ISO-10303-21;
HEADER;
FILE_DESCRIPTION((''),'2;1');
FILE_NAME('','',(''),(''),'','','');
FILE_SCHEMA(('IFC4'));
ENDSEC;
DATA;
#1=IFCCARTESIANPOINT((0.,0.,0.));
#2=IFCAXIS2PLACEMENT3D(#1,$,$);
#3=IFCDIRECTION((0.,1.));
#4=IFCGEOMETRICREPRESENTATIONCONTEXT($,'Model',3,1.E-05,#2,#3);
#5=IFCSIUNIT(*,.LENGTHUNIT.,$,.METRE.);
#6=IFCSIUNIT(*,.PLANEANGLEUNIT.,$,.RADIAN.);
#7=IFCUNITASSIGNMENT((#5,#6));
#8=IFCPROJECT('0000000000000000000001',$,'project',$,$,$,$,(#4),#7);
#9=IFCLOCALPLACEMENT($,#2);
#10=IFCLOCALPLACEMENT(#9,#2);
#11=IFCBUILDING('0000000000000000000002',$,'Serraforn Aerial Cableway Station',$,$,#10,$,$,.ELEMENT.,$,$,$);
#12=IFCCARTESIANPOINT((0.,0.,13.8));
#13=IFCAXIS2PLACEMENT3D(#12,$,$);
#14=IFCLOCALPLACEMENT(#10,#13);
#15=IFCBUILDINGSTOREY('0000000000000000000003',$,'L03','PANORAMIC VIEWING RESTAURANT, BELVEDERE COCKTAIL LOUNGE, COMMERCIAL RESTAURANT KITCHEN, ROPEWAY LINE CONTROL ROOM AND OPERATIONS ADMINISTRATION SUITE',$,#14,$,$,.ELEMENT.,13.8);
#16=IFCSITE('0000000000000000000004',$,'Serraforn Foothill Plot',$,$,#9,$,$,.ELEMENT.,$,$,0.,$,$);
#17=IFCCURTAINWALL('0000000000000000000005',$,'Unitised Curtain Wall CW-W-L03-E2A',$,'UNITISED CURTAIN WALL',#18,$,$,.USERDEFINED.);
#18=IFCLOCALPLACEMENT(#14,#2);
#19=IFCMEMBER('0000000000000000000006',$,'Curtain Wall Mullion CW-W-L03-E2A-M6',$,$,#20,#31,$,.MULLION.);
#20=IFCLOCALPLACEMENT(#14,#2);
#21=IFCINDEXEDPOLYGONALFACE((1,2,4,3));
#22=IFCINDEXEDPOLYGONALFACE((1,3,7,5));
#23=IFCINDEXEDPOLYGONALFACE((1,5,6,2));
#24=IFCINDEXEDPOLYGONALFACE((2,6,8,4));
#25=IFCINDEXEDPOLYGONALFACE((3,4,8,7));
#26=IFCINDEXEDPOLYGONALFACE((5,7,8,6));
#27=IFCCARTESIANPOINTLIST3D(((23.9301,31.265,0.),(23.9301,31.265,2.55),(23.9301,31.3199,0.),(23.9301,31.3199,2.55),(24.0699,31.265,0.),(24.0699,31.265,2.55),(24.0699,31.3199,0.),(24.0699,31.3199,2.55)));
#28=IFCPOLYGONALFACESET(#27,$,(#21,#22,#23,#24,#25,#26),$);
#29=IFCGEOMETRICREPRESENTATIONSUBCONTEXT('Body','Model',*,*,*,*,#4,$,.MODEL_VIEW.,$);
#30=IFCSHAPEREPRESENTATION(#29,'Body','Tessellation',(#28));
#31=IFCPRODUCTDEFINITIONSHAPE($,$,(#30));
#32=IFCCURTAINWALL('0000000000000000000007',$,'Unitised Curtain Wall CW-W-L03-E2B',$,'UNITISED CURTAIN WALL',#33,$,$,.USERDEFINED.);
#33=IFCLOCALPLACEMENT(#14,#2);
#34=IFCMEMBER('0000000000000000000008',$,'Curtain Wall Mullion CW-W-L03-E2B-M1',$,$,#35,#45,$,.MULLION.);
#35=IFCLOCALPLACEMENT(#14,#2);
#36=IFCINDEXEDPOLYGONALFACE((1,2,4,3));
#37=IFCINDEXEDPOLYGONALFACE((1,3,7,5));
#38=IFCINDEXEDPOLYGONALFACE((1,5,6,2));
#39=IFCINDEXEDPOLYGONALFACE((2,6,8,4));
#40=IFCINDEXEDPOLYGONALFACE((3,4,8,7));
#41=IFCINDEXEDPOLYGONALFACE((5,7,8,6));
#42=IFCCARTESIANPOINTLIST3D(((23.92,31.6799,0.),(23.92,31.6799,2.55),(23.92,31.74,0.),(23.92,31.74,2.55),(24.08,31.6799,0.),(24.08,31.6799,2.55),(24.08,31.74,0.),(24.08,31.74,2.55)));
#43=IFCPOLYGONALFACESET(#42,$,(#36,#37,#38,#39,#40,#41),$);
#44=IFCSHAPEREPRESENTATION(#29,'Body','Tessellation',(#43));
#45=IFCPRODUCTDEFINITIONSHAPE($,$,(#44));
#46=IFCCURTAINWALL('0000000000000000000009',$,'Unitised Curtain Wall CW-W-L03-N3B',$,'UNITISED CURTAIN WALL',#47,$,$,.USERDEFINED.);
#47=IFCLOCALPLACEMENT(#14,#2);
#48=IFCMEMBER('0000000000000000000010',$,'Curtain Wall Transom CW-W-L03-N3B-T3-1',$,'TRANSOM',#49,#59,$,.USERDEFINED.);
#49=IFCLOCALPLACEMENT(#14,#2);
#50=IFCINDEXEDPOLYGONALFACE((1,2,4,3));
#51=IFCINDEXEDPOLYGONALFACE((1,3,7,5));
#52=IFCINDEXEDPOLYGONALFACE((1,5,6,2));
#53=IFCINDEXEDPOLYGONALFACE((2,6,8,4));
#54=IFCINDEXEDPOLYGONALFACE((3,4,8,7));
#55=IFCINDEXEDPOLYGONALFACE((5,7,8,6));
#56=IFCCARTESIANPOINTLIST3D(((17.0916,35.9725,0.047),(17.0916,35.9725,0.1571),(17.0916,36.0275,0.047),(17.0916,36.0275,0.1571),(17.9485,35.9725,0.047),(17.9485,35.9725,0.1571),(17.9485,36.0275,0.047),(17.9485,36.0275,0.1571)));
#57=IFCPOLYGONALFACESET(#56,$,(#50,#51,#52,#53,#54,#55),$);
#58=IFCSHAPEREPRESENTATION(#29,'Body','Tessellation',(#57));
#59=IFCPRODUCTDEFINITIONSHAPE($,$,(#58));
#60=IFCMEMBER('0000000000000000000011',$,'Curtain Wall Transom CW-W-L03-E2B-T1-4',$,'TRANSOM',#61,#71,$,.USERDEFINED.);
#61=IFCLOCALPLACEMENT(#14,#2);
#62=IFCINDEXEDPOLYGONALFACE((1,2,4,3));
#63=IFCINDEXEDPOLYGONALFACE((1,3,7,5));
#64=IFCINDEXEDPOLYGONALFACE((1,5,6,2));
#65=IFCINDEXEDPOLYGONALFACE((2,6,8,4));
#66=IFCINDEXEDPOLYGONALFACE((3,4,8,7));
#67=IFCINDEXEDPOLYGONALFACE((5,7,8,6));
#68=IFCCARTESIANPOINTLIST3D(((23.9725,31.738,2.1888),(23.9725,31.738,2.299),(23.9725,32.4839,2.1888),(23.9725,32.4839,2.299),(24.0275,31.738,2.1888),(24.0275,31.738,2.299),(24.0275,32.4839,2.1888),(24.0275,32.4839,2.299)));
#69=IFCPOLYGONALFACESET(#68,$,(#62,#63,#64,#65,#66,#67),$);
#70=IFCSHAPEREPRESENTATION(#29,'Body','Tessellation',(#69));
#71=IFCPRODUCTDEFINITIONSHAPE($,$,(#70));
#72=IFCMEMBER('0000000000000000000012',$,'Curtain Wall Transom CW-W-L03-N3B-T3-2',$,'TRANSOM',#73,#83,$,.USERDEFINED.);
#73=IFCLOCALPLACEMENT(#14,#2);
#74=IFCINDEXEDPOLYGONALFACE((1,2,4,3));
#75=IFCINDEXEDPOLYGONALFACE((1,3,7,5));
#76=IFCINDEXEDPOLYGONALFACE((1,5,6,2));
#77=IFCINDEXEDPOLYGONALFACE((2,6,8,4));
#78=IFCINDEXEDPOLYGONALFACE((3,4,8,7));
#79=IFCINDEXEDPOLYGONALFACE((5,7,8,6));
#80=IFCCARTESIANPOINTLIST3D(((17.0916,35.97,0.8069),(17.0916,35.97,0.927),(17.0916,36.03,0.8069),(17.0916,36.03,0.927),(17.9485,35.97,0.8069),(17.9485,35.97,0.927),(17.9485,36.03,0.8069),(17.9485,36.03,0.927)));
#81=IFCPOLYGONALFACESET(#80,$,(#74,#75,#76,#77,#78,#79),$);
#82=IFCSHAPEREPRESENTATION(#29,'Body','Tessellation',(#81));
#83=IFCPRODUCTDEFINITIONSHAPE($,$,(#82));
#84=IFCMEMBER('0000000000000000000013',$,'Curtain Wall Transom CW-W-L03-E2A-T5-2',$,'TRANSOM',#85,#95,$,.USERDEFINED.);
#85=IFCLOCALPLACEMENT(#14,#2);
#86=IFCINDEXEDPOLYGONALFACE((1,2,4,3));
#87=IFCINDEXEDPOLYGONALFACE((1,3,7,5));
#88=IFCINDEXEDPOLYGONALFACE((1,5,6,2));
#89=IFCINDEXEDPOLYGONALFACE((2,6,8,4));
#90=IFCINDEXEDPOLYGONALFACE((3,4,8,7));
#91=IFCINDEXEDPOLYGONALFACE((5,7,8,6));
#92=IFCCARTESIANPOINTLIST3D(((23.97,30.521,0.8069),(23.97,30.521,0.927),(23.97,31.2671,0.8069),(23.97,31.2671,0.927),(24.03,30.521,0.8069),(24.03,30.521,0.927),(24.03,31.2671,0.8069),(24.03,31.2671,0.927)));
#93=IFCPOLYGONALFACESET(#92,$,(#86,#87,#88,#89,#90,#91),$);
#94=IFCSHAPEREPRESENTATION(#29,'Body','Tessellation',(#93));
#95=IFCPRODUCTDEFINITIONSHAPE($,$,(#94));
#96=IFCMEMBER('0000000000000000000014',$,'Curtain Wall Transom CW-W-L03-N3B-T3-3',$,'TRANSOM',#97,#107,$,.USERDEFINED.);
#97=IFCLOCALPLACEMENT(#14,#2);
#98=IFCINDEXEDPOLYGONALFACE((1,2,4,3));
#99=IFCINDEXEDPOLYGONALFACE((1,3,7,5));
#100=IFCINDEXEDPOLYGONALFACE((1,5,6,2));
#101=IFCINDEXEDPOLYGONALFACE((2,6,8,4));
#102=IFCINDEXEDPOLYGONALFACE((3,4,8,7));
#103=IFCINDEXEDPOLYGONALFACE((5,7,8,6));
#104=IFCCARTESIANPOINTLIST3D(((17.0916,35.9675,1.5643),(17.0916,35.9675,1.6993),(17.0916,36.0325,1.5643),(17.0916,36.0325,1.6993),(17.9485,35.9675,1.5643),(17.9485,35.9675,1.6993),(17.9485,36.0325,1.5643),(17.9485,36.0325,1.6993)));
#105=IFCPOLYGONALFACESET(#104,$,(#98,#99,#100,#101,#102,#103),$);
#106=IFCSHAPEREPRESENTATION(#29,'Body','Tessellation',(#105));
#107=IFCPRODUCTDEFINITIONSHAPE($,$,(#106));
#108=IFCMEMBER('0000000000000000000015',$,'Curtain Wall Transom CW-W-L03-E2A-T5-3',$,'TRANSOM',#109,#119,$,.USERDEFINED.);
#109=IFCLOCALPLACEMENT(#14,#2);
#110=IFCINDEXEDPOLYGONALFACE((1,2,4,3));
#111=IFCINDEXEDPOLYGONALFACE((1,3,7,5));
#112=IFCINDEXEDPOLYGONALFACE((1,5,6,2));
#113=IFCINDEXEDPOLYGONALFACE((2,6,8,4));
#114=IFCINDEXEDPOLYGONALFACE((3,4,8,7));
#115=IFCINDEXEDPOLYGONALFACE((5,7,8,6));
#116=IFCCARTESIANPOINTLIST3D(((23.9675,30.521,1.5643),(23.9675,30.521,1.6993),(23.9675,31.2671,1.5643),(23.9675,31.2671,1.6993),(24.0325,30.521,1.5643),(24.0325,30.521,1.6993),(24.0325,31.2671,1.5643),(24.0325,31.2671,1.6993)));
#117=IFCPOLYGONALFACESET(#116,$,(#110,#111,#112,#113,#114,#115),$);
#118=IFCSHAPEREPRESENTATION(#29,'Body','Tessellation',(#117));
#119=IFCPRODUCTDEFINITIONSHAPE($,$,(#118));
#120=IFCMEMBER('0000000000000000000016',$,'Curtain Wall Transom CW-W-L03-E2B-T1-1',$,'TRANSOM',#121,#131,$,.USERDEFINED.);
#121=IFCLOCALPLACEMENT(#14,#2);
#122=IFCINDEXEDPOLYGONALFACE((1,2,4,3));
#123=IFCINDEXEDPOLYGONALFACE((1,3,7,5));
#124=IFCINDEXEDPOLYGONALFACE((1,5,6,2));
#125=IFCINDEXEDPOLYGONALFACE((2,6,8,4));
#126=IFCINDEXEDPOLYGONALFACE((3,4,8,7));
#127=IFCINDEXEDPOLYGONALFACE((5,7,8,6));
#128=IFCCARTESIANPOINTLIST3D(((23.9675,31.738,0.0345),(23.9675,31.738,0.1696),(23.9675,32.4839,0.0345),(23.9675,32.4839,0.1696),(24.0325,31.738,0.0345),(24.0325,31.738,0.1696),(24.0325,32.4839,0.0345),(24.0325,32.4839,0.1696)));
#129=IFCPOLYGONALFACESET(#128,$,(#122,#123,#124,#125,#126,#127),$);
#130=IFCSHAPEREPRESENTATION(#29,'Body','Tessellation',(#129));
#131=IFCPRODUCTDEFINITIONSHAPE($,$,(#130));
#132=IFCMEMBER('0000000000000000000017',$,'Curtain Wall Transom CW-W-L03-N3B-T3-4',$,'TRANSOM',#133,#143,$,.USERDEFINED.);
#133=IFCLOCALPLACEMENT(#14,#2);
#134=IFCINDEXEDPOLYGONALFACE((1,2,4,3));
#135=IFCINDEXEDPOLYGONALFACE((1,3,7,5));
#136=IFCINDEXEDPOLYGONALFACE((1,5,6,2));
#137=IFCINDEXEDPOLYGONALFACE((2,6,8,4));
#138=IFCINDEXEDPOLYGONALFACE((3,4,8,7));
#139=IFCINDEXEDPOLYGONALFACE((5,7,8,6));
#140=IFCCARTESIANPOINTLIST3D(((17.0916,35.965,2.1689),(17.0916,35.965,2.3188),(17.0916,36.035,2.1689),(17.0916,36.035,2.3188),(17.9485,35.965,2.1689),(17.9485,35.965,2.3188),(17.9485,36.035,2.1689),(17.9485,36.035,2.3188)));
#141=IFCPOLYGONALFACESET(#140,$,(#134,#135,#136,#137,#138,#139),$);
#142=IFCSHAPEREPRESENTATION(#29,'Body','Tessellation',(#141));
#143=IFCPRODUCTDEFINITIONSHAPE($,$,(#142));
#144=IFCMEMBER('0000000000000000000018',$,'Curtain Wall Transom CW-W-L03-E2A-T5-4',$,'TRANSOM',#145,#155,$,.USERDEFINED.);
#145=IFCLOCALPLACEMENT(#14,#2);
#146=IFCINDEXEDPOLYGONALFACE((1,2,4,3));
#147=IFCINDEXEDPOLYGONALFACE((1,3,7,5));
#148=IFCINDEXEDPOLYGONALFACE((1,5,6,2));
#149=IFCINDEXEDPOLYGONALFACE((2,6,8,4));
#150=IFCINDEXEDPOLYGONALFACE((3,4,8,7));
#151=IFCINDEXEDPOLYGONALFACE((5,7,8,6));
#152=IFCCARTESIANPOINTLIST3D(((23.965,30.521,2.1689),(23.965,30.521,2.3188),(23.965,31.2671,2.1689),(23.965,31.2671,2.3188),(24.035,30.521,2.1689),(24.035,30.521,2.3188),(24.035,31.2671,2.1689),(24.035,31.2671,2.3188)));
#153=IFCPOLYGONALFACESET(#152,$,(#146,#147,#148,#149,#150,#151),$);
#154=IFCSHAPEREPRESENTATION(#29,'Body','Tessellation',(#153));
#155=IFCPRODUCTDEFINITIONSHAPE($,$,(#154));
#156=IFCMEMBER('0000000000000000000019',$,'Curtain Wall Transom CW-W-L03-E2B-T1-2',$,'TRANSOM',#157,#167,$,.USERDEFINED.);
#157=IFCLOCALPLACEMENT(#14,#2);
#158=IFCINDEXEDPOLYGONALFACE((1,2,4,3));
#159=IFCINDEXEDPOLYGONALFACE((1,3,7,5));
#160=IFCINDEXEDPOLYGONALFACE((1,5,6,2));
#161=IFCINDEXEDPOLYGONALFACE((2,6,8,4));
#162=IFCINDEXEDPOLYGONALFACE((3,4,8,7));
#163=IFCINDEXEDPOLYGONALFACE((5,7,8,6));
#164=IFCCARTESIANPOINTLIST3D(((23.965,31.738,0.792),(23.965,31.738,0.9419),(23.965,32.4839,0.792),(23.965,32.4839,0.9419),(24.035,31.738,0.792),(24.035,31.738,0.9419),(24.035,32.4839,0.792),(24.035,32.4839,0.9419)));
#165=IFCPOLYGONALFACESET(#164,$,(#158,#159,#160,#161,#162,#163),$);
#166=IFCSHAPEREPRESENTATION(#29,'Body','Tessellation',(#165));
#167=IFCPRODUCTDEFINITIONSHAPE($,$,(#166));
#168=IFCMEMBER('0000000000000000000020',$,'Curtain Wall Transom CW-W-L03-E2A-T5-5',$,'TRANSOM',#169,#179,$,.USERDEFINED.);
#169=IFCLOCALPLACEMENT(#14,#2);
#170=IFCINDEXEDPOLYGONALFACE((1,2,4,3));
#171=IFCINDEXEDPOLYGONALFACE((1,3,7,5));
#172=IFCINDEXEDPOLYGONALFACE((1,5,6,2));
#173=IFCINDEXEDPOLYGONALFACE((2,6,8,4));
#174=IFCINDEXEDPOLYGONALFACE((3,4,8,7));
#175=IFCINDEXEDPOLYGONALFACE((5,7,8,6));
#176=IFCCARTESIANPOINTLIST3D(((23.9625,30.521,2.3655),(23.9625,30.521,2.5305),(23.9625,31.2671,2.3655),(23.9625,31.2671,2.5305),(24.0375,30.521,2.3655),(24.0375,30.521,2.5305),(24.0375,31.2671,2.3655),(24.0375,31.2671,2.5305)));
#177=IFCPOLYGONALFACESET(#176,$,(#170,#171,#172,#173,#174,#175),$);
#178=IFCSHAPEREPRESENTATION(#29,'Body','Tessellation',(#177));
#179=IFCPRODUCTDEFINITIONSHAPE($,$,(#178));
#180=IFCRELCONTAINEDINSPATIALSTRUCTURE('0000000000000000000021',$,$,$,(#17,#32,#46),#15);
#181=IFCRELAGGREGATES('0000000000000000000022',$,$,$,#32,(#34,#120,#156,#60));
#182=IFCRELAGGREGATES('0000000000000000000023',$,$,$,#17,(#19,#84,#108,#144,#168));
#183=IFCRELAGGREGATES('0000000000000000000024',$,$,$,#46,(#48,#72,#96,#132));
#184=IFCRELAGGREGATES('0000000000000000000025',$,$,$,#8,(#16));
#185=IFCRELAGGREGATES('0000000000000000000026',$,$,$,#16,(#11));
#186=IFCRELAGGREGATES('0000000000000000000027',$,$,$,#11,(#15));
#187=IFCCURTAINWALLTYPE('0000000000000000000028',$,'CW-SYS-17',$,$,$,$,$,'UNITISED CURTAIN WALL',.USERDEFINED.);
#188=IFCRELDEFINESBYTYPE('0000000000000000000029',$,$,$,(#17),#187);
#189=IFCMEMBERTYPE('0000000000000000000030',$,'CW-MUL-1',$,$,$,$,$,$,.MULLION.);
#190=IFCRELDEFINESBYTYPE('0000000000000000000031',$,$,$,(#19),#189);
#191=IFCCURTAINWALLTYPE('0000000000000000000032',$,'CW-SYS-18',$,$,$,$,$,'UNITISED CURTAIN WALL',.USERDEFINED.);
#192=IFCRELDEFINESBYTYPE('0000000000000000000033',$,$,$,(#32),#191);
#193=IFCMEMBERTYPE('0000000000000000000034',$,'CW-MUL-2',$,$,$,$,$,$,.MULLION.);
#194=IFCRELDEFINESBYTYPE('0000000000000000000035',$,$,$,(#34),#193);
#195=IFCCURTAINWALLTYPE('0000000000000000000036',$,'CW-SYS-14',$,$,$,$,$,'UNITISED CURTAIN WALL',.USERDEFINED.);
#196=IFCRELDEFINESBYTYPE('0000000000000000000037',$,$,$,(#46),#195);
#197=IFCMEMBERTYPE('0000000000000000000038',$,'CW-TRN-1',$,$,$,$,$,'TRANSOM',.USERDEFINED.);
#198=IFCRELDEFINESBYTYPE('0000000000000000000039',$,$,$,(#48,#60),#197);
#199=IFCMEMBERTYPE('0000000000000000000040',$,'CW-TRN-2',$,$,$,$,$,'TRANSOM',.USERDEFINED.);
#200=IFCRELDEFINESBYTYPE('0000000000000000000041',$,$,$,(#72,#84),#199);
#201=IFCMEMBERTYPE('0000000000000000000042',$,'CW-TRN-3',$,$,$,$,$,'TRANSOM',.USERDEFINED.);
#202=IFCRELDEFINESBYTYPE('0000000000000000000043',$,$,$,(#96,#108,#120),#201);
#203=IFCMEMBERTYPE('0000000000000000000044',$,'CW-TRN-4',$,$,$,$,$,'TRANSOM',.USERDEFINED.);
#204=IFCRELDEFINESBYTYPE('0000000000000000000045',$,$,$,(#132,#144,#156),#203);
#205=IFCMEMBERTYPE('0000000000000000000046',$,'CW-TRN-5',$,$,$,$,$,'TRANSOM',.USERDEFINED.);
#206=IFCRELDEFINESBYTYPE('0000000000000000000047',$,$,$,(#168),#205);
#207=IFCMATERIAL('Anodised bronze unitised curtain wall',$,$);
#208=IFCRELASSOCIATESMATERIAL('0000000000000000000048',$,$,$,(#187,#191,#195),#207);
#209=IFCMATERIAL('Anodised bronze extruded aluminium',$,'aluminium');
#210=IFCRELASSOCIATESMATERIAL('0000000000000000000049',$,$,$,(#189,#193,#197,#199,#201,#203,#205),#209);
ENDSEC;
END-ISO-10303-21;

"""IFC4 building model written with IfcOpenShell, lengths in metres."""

from ifc_helpers import new_model, si_unit, direction, frame, origin, origin_2d, place, context, subcontext, project, spatial, rectangle, extrude, material, material_profile, profile_set, type_object, element, aggregate, save


model = new_model("IFC4")

# Units and contexts
model_context = context("Model", 3, precision=1e-05, world=origin(), true_north=direction((0.0, 1.0)))
body_context = subcontext(model_context, "Body", "Model", "MODEL_VIEW")
ifc_project = project(units=[si_unit("LENGTHUNIT", "METRE"), si_unit("PLANEANGLEUNIT", "RADIAN")], contexts=[model_context])

# Site, building, storey
site_placement = place(None, origin())
site = spatial("IfcSite", under=ifc_project, at=site_placement, Name="Serraforn Foothill Plot", CompositionType="ELEMENT", RefElevation=0.0)
building_placement = place(site_placement, origin())
building = spatial("IfcBuilding", under=site, at=building_placement, Name="Serraforn Aerial Cableway Station", CompositionType="ELEMENT")
storey_placement = place(building_placement, frame((0.0, 0.0, 13.8)))
storey = spatial("IfcBuildingStorey", under=building, at=storey_placement, Name="L03", Description="PANORAMIC VIEWING RESTAURANT, BELVEDERE COCKTAIL LOUNGE, COMMERCIAL RESTAURANT KITCHEN, ROPEWAY LINE CONTROL ROOM AND OPERATIONS ADMINISTRATION SUITE", CompositionType="ELEMENT", Elevation=13.8)

# Curtain walls, members
ifc_material_1 = material(Name="Anodised bronze unitised curtain wall")
curtain_wall_type_1 = type_object("IfcCurtainWallType", Name="CW-SYS-17", ElementType="UNITISED CURTAIN WALL", PredefinedType="USERDEFINED", material=ifc_material_1)
curtain_wall_1_placement = place(storey_placement, origin())
curtain_wall_1 = element("IfcCurtainWall", 1, at=curtain_wall_1_placement, inside=storey, type_object=curtain_wall_type_1, Name="Unitised Curtain Wall CW-W-L03-E2A", ObjectType="UNITISED CURTAIN WALL", PredefinedType="USERDEFINED")
ifc_material_2 = material(Name="Anodised bronze extruded aluminium", Category="aluminium")
ifc_material_profile_1 = material_profile(ifc_material_2, rectangle(XDim=0.0549, YDim=0.1399, at=origin_2d()), Name="CW MULLION 55x140")
ifc_profile_set_1 = profile_set([ifc_material_profile_1], Name="Anodised bronze extruded aluminium")
member_type_1 = type_object("IfcMemberType", Name="CW-MUL-1", PredefinedType="MULLION", material=ifc_profile_set_1)
member_1_placement = place(storey_placement, frame((24.0, 31.2925, 0.0), z_axis=(0.0, 0.0, 1.0), x_axis=(0.0, 1.0, 0.0)))
member_1 = element("IfcMember", 2, at=member_1_placement, type_object=member_type_1, Name="Curtain Wall Mullion CW-W-L03-E2A-M6", PredefinedType="MULLION", context=body_context, shape_type="SweptSolid", body=[
    extrude(rectangle(XDim=0.0549, YDim=0.1399, at=origin_2d()), origin(), (0.0, 0.0, 1.0), 2.55),
])
curtain_wall_type_2 = type_object("IfcCurtainWallType", Name="CW-SYS-18", ElementType="UNITISED CURTAIN WALL", PredefinedType="USERDEFINED", material=ifc_material_1)
curtain_wall_2_placement = place(storey_placement, origin())
curtain_wall_2 = element("IfcCurtainWall", 3, at=curtain_wall_2_placement, inside=storey, type_object=curtain_wall_type_2, Name="Unitised Curtain Wall CW-W-L03-E2B", ObjectType="UNITISED CURTAIN WALL", PredefinedType="USERDEFINED")
ifc_material_profile_2 = material_profile(ifc_material_2, rectangle(XDim=0.0601, YDim=0.1599, at=origin_2d()), Name="CW MULLION 60x160")
ifc_profile_set_2 = profile_set([ifc_material_profile_2], Name="Anodised bronze extruded aluminium")
member_type_2 = type_object("IfcMemberType", Name="CW-MUL-2", PredefinedType="MULLION", material=ifc_profile_set_2)
member_2_placement = place(storey_placement, frame((24.0, 31.71, 0.0), z_axis=(0.0, 0.0, 1.0), x_axis=(0.0, 1.0, 0.0)))
member_2 = element("IfcMember", 4, at=member_2_placement, type_object=member_type_2, Name="Curtain Wall Mullion CW-W-L03-E2B-M1", PredefinedType="MULLION", context=body_context, shape_type="SweptSolid", body=[
    extrude(rectangle(XDim=0.0601, YDim=0.1599, at=origin_2d()), origin(), (0.0, 0.0, 1.0), 2.55),
])
curtain_wall_type_3 = type_object("IfcCurtainWallType", Name="CW-SYS-14", ElementType="UNITISED CURTAIN WALL", PredefinedType="USERDEFINED", material=ifc_material_1)
curtain_wall_3_placement = place(storey_placement, origin())
curtain_wall_3 = element("IfcCurtainWall", 5, at=curtain_wall_3_placement, inside=storey, type_object=curtain_wall_type_3, Name="Unitised Curtain Wall CW-W-L03-N3B", ObjectType="UNITISED CURTAIN WALL", PredefinedType="USERDEFINED")
ifc_material_profile_3 = material_profile(ifc_material_2, rectangle(XDim=0.0549, YDim=0.1101, at=origin_2d()), Name="CW TRANSOM 55x110")
ifc_profile_set_3 = profile_set([ifc_material_profile_3], Name="Anodised bronze extruded aluminium")
member_type_3 = type_object("IfcMemberType", Name="CW-TRN-1", ElementType="TRANSOM", PredefinedType="USERDEFINED", material=ifc_profile_set_3)
member_3_placement = place(storey_placement, frame((17.9485, 36.0, 0.1021), z_axis=(-1.0, 0.0, 0.0), x_axis=(0.0, -1.0, 0.0)))
member_3 = element("IfcMember", 6, at=member_3_placement, type_object=member_type_3, Name="Curtain Wall Transom CW-W-L03-N3B-T3-1", ObjectType="TRANSOM", PredefinedType="USERDEFINED", context=body_context, shape_type="SweptSolid", body=[
    extrude(rectangle(XDim=0.0549, YDim=0.1101, at=origin_2d()), origin(), (0.0, 0.0, 1.0), 0.8569),
])

# Members
member_4_placement = place(storey_placement, frame((24.0, 31.738, 2.2439), z_axis=(0.0, 1.0, 0.0), x_axis=(-1.0, 0.0, 0.0)))
member_4 = element("IfcMember", 7, at=member_4_placement, type_object=member_type_3, Name="Curtain Wall Transom CW-W-L03-E2B-T1-4", ObjectType="TRANSOM", PredefinedType="USERDEFINED", context=body_context, shape_type="SweptSolid", body=[
    extrude(rectangle(XDim=0.0549, YDim=0.1101, at=origin_2d()), origin(), (0.0, 0.0, 1.0), 0.7458),
])
ifc_material_profile_4 = material_profile(ifc_material_2, rectangle(XDim=0.0601, YDim=0.1201, at=origin_2d()), Name="CW TRANSOM 60x120")
ifc_profile_set_4 = profile_set([ifc_material_profile_4], Name="Anodised bronze extruded aluminium")
member_type_4 = type_object("IfcMemberType", Name="CW-TRN-2", ElementType="TRANSOM", PredefinedType="USERDEFINED", material=ifc_profile_set_4)
member_5_placement = place(storey_placement, frame((17.9485, 36.0, 0.8669), z_axis=(-1.0, 0.0, 0.0), x_axis=(0.0, -1.0, 0.0)))
member_5 = element("IfcMember", 8, at=member_5_placement, type_object=member_type_4, Name="Curtain Wall Transom CW-W-L03-N3B-T3-2", ObjectType="TRANSOM", PredefinedType="USERDEFINED", context=body_context, shape_type="SweptSolid", body=[
    extrude(rectangle(XDim=0.0601, YDim=0.1201, at=origin_2d()), origin(), (0.0, 0.0, 1.0), 0.8569),
])
member_6_placement = place(storey_placement, frame((24.0, 30.521, 0.8669), z_axis=(0.0, 1.0, 0.0), x_axis=(-1.0, 0.0, 0.0)))
member_6 = element("IfcMember", 9, at=member_6_placement, type_object=member_type_4, Name="Curtain Wall Transom CW-W-L03-E2A-T5-2", ObjectType="TRANSOM", PredefinedType="USERDEFINED", context=body_context, shape_type="SweptSolid", body=[
    extrude(rectangle(XDim=0.0601, YDim=0.1201, at=origin_2d()), origin(), (0.0, 0.0, 1.0), 0.7461),
])
ifc_material_profile_5 = material_profile(ifc_material_2, rectangle(XDim=0.0649, YDim=0.135, at=origin_2d()), Name="CW TRANSOM 65x135")
ifc_profile_set_5 = profile_set([ifc_material_profile_5], Name="Anodised bronze extruded aluminium")
member_type_5 = type_object("IfcMemberType", Name="CW-TRN-3", ElementType="TRANSOM", PredefinedType="USERDEFINED", material=ifc_profile_set_5)
member_7_placement = place(storey_placement, frame((17.9485, 36.0, 1.6318), z_axis=(-1.0, 0.0, 0.0), x_axis=(0.0, -1.0, 0.0)))
member_7 = element("IfcMember", 10, at=member_7_placement, type_object=member_type_5, Name="Curtain Wall Transom CW-W-L03-N3B-T3-3", ObjectType="TRANSOM", PredefinedType="USERDEFINED", context=body_context, shape_type="SweptSolid", body=[
    extrude(rectangle(XDim=0.0649, YDim=0.135, at=origin_2d()), origin(), (0.0, 0.0, 1.0), 0.8569),
])
member_8_placement = place(storey_placement, frame((24.0, 30.521, 1.6318), z_axis=(0.0, 1.0, 0.0), x_axis=(-1.0, 0.0, 0.0)))
member_8 = element("IfcMember", 11, at=member_8_placement, type_object=member_type_5, Name="Curtain Wall Transom CW-W-L03-E2A-T5-3", ObjectType="TRANSOM", PredefinedType="USERDEFINED", context=body_context, shape_type="SweptSolid", body=[
    extrude(rectangle(XDim=0.0649, YDim=0.135, at=origin_2d()), origin(), (0.0, 0.0, 1.0), 0.7461),
])
member_9_placement = place(storey_placement, frame((24.0, 31.738, 0.1021), z_axis=(0.0, 1.0, 0.0), x_axis=(-1.0, 0.0, 0.0)))
member_9 = element("IfcMember", 12, at=member_9_placement, type_object=member_type_5, Name="Curtain Wall Transom CW-W-L03-E2B-T1-1", ObjectType="TRANSOM", PredefinedType="USERDEFINED", context=body_context, shape_type="SweptSolid", body=[
    extrude(rectangle(XDim=0.0649, YDim=0.135, at=origin_2d()), origin(), (0.0, 0.0, 1.0), 0.7458),
])
ifc_material_profile_6 = material_profile(ifc_material_2, rectangle(XDim=0.0701, YDim=0.1499, at=origin_2d()), Name="CW TRANSOM 70x150")
ifc_profile_set_6 = profile_set([ifc_material_profile_6], Name="Anodised bronze extruded aluminium")
member_type_6 = type_object("IfcMemberType", Name="CW-TRN-4", ElementType="TRANSOM", PredefinedType="USERDEFINED", material=ifc_profile_set_6)
member_10_placement = place(storey_placement, frame((17.9485, 36.0, 2.2439), z_axis=(-1.0, 0.0, 0.0), x_axis=(0.0, -1.0, 0.0)))
member_10 = element("IfcMember", 13, at=member_10_placement, type_object=member_type_6, Name="Curtain Wall Transom CW-W-L03-N3B-T3-4", ObjectType="TRANSOM", PredefinedType="USERDEFINED", context=body_context, shape_type="SweptSolid", body=[
    extrude(rectangle(XDim=0.0701, YDim=0.1499, at=origin_2d()), origin(), (0.0, 0.0, 1.0), 0.8569),
])
member_11_placement = place(storey_placement, frame((24.0, 30.521, 2.2439), z_axis=(0.0, 1.0, 0.0), x_axis=(-1.0, 0.0, 0.0)))
member_11 = element("IfcMember", 14, at=member_11_placement, type_object=member_type_6, Name="Curtain Wall Transom CW-W-L03-E2A-T5-4", ObjectType="TRANSOM", PredefinedType="USERDEFINED", context=body_context, shape_type="SweptSolid", body=[
    extrude(rectangle(XDim=0.0701, YDim=0.1499, at=origin_2d()), origin(), (0.0, 0.0, 1.0), 0.7461),
])
member_12_placement = place(storey_placement, frame((24.0, 31.738, 0.8669), z_axis=(0.0, 1.0, 0.0), x_axis=(-1.0, 0.0, 0.0)))
member_12 = element("IfcMember", 15, at=member_12_placement, type_object=member_type_6, Name="Curtain Wall Transom CW-W-L03-E2B-T1-2", ObjectType="TRANSOM", PredefinedType="USERDEFINED", context=body_context, shape_type="SweptSolid", body=[
    extrude(rectangle(XDim=0.0701, YDim=0.1499, at=origin_2d()), origin(), (0.0, 0.0, 1.0), 0.7458),
])
ifc_material_profile_7 = material_profile(ifc_material_2, rectangle(XDim=0.075, YDim=0.165, at=origin_2d()), Name="CW TRANSOM 75x165")
ifc_profile_set_7 = profile_set([ifc_material_profile_7], Name="Anodised bronze extruded aluminium")
member_type_7 = type_object("IfcMemberType", Name="CW-TRN-5", ElementType="TRANSOM", PredefinedType="USERDEFINED", material=ifc_profile_set_7)
member_13_placement = place(storey_placement, frame((24.0, 30.521, 2.448), z_axis=(0.0, 1.0, 0.0), x_axis=(-1.0, 0.0, 0.0)))
member_13 = element("IfcMember", 16, at=member_13_placement, type_object=member_type_7, Name="Curtain Wall Transom CW-W-L03-E2A-T5-5", ObjectType="TRANSOM", PredefinedType="USERDEFINED", context=body_context, shape_type="SweptSolid", body=[
    extrude(rectangle(XDim=0.075, YDim=0.165, at=origin_2d()), origin(), (0.0, 0.0, 1.0), 0.7461),
])
aggregate(curtain_wall_2, [member_2, member_9, member_12, member_4])

aggregate(curtain_wall_1, [member_1, member_6, member_8, member_11, member_13])
aggregate(curtain_wall_3, [member_3, member_5, member_7, member_10])

save(model, "model.ifc")
